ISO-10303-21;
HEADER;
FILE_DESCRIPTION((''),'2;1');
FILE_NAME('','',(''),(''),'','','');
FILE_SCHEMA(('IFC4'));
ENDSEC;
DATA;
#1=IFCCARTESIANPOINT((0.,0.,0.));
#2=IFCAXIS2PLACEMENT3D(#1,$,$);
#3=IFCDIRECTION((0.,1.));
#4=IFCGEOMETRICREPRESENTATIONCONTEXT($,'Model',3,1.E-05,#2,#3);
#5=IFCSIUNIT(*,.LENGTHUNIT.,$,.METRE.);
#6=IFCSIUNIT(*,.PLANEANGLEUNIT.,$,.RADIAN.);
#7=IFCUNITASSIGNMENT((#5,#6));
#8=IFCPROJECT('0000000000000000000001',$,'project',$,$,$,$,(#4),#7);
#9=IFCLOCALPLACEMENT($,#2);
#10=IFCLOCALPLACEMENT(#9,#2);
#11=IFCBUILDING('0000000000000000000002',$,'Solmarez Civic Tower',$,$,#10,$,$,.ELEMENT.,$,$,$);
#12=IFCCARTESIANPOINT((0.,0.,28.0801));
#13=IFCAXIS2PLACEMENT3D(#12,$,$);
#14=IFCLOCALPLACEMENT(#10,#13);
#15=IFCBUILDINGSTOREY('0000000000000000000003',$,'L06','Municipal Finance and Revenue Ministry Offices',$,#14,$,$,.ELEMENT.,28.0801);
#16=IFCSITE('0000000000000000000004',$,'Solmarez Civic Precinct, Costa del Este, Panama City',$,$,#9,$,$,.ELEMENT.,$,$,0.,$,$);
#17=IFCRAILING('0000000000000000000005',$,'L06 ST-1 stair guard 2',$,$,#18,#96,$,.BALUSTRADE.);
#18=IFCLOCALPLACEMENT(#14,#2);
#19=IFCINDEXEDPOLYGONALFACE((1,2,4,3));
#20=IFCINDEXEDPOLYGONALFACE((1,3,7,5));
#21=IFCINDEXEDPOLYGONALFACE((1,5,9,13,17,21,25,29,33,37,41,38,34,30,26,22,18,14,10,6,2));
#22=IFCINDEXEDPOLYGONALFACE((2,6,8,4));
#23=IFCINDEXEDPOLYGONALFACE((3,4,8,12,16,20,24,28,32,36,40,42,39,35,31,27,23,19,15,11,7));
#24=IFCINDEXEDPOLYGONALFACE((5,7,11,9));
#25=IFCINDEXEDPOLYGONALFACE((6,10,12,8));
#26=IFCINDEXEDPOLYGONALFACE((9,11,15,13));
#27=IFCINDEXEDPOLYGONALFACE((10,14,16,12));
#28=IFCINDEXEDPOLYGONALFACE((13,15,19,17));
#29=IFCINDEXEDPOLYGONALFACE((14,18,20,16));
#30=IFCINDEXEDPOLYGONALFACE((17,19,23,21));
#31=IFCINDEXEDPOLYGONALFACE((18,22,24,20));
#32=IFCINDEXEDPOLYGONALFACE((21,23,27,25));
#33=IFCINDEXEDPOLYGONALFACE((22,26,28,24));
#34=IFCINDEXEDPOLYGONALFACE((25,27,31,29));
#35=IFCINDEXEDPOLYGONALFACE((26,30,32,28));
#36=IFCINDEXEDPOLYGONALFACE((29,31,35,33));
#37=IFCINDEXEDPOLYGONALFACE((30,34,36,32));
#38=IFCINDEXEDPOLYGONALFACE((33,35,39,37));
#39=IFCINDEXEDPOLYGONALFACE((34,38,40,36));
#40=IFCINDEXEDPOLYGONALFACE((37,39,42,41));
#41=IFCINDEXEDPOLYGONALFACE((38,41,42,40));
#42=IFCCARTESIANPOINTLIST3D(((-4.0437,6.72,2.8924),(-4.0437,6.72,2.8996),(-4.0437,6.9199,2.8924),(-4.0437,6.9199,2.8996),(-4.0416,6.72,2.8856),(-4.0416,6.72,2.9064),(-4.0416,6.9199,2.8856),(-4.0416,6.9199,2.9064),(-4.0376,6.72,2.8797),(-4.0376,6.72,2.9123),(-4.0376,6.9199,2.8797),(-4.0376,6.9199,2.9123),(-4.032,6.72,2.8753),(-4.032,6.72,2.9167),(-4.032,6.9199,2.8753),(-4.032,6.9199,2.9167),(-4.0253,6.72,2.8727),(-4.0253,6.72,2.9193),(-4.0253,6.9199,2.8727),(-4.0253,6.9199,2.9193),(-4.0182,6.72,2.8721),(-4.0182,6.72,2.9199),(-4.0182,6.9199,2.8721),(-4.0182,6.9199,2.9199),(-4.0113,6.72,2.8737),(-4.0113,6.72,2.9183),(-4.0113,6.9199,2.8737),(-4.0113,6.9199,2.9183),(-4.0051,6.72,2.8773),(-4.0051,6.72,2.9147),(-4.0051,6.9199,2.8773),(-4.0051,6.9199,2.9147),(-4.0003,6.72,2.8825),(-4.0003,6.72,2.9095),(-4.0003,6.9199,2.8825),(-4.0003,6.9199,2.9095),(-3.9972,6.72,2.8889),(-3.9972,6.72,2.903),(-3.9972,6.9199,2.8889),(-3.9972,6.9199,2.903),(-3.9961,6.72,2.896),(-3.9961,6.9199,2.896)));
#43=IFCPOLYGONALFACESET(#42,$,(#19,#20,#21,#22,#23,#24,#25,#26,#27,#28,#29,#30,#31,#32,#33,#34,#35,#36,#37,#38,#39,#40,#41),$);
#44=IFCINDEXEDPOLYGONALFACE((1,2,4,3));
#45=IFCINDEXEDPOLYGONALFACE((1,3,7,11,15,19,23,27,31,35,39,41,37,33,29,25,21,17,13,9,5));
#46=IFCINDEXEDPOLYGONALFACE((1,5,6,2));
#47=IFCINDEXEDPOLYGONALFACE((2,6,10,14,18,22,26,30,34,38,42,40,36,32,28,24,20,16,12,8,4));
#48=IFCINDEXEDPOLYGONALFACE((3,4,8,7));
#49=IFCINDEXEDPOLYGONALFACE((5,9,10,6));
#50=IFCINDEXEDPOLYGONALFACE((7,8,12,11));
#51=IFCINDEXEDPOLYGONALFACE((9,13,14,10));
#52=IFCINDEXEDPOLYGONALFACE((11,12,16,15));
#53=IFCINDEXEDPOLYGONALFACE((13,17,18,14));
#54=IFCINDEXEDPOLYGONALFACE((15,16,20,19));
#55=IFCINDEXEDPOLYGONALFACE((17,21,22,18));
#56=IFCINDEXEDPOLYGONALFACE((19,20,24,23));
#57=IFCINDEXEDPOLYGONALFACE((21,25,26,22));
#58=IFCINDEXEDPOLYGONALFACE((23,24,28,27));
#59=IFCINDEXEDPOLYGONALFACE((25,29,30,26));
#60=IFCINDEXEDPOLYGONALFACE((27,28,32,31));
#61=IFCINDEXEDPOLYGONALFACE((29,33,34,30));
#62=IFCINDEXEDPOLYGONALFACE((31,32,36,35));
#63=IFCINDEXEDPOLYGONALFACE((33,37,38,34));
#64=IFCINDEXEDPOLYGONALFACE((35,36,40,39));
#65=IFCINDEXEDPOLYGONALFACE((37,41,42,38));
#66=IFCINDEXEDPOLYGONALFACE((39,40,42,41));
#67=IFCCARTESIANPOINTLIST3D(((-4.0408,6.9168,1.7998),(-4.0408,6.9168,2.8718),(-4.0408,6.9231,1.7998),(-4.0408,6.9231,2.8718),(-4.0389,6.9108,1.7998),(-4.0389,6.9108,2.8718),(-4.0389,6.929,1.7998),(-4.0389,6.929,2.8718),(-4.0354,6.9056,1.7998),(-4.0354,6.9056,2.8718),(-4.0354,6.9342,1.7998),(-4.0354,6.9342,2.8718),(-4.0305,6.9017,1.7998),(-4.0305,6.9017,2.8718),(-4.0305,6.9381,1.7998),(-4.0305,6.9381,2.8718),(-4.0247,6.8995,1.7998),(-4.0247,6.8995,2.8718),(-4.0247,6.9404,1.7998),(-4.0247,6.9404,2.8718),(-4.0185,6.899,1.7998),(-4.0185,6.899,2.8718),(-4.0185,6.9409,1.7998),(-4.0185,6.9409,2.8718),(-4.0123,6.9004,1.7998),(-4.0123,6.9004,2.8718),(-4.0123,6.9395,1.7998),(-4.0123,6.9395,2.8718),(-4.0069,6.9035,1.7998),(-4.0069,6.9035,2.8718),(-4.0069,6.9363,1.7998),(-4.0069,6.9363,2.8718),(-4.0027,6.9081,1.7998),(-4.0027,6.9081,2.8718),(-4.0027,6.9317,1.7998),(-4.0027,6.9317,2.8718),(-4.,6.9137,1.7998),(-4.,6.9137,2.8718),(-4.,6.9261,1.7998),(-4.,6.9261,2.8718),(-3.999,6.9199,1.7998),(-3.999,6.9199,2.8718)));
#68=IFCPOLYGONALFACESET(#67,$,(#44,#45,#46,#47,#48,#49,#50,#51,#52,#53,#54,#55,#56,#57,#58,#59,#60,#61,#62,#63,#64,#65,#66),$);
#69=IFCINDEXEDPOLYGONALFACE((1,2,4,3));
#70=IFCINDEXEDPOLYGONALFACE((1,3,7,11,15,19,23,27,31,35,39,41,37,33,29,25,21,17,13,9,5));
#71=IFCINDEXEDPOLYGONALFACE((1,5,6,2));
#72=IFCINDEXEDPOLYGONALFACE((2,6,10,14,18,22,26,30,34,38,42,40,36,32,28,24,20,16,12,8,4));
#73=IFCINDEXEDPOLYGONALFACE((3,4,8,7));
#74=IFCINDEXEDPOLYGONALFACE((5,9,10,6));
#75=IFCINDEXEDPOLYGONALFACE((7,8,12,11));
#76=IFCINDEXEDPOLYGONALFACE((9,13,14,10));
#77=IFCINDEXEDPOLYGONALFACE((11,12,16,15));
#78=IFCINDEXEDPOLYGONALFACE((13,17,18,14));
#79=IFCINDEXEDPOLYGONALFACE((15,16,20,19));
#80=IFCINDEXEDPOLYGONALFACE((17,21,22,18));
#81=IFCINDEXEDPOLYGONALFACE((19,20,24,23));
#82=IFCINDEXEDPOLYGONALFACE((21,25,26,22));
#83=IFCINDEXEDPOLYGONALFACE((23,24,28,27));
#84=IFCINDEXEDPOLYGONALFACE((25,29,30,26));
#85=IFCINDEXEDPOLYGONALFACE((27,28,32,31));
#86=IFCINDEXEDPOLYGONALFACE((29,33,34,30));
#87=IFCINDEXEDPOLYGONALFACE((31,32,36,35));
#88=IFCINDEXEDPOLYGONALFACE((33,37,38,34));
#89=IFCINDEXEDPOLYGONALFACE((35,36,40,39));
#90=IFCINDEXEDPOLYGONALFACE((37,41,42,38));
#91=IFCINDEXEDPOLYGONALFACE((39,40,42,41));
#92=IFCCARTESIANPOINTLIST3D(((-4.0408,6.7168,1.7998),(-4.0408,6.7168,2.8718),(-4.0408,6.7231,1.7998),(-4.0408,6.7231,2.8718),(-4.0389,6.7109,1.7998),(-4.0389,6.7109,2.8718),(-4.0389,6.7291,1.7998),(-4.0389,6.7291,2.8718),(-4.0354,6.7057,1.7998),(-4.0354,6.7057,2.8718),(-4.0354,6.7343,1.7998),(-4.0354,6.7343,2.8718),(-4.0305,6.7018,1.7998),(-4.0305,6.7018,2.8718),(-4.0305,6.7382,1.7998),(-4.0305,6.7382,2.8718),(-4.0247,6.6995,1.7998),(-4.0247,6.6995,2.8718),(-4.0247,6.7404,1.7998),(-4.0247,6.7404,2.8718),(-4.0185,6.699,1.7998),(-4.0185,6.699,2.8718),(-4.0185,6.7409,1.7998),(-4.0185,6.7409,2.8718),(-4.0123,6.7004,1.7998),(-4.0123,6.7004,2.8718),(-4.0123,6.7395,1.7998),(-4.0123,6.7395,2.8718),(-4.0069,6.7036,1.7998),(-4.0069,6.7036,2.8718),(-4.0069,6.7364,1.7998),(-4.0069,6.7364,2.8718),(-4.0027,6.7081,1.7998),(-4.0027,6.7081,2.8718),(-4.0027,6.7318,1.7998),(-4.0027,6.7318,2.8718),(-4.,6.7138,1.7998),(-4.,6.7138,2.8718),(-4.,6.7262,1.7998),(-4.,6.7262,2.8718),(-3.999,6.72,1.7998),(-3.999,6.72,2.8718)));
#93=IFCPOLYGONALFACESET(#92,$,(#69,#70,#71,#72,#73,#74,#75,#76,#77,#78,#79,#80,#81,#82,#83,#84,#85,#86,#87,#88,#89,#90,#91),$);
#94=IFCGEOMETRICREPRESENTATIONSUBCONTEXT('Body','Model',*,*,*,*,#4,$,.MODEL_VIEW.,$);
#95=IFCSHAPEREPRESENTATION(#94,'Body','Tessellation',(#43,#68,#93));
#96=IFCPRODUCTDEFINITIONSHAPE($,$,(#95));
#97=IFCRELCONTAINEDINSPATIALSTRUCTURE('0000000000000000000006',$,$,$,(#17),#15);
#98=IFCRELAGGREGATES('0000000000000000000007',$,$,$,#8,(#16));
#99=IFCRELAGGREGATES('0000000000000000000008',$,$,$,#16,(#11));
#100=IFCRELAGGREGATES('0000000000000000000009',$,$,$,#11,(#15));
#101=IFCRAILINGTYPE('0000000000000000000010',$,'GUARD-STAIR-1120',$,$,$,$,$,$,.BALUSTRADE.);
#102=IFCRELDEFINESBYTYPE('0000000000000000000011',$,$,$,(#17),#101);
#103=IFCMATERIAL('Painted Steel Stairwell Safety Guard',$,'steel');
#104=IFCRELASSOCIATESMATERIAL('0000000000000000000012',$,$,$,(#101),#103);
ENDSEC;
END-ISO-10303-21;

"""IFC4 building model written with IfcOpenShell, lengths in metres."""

from ifc_helpers import new_model, si_unit, direction, frame, origin, origin_2d, place, context, subcontext, project, spatial, circle, extrude, material, type_object, element, save


model = new_model("IFC4")

# Units and contexts
model_context = context("Model", 3, precision=1e-05, world=origin(), true_north=direction((0.0, 1.0)))
body_context = subcontext(model_context, "Body", "Model", "MODEL_VIEW")
ifc_project = project(units=[si_unit("LENGTHUNIT", "METRE"), si_unit("PLANEANGLEUNIT", "RADIAN")], contexts=[model_context])

# Site, building, storey
site_placement = place(None, origin())
site = spatial("IfcSite", under=ifc_project, at=site_placement, Name="Solmarez Civic Precinct, Costa del Este, Panama City", CompositionType="ELEMENT", RefElevation=0.0)
building_placement = place(site_placement, origin())
building = spatial("IfcBuilding", under=site, at=building_placement, Name="Solmarez Civic Tower", CompositionType="ELEMENT")
storey_placement = place(building_placement, frame((0.0, 0.0, 28.0801)))
storey = spatial("IfcBuildingStorey", under=building, at=storey_placement, Name="L06", Description="Municipal Finance and Revenue Ministry Offices", CompositionType="ELEMENT", Elevation=28.0801)

# Railing
ifc_material_1 = material(Name="Painted Steel Stairwell Safety Guard", Category="steel")
railing_type_1 = type_object("IfcRailingType", Name="GUARD-STAIR-1120", PredefinedType="BALUSTRADE", material=ifc_material_1)
railing_1_placement = place(storey_placement, frame((-4.02, 6.9199, 1.7998)))
element("IfcRailing", 1, at=railing_1_placement, inside=storey, type_object=railing_type_1, Name="L06 ST-1 stair guard 2", PredefinedType="BALUSTRADE", context=body_context, shape_type="SweptSolid", body=[
    extrude(circle(Radius=0.0239, at=origin_2d()), frame((0.0, 0.0, 1.0962), z_axis=(0.0, -1.0, 0.0), x_axis=(1.0, 0.0, 0.0)), (0.0, 0.0, 1.0), 0.2),
    extrude(circle(Radius=0.021, at=origin_2d()), origin(), (0.0, 0.0, 1.0), 1.072),
    extrude(circle(Radius=0.021, at=origin_2d()), frame((0.0, -0.2, 0.0)), (0.0, 0.0, 1.0), 1.072),
])

save(model, "model.ifc")
